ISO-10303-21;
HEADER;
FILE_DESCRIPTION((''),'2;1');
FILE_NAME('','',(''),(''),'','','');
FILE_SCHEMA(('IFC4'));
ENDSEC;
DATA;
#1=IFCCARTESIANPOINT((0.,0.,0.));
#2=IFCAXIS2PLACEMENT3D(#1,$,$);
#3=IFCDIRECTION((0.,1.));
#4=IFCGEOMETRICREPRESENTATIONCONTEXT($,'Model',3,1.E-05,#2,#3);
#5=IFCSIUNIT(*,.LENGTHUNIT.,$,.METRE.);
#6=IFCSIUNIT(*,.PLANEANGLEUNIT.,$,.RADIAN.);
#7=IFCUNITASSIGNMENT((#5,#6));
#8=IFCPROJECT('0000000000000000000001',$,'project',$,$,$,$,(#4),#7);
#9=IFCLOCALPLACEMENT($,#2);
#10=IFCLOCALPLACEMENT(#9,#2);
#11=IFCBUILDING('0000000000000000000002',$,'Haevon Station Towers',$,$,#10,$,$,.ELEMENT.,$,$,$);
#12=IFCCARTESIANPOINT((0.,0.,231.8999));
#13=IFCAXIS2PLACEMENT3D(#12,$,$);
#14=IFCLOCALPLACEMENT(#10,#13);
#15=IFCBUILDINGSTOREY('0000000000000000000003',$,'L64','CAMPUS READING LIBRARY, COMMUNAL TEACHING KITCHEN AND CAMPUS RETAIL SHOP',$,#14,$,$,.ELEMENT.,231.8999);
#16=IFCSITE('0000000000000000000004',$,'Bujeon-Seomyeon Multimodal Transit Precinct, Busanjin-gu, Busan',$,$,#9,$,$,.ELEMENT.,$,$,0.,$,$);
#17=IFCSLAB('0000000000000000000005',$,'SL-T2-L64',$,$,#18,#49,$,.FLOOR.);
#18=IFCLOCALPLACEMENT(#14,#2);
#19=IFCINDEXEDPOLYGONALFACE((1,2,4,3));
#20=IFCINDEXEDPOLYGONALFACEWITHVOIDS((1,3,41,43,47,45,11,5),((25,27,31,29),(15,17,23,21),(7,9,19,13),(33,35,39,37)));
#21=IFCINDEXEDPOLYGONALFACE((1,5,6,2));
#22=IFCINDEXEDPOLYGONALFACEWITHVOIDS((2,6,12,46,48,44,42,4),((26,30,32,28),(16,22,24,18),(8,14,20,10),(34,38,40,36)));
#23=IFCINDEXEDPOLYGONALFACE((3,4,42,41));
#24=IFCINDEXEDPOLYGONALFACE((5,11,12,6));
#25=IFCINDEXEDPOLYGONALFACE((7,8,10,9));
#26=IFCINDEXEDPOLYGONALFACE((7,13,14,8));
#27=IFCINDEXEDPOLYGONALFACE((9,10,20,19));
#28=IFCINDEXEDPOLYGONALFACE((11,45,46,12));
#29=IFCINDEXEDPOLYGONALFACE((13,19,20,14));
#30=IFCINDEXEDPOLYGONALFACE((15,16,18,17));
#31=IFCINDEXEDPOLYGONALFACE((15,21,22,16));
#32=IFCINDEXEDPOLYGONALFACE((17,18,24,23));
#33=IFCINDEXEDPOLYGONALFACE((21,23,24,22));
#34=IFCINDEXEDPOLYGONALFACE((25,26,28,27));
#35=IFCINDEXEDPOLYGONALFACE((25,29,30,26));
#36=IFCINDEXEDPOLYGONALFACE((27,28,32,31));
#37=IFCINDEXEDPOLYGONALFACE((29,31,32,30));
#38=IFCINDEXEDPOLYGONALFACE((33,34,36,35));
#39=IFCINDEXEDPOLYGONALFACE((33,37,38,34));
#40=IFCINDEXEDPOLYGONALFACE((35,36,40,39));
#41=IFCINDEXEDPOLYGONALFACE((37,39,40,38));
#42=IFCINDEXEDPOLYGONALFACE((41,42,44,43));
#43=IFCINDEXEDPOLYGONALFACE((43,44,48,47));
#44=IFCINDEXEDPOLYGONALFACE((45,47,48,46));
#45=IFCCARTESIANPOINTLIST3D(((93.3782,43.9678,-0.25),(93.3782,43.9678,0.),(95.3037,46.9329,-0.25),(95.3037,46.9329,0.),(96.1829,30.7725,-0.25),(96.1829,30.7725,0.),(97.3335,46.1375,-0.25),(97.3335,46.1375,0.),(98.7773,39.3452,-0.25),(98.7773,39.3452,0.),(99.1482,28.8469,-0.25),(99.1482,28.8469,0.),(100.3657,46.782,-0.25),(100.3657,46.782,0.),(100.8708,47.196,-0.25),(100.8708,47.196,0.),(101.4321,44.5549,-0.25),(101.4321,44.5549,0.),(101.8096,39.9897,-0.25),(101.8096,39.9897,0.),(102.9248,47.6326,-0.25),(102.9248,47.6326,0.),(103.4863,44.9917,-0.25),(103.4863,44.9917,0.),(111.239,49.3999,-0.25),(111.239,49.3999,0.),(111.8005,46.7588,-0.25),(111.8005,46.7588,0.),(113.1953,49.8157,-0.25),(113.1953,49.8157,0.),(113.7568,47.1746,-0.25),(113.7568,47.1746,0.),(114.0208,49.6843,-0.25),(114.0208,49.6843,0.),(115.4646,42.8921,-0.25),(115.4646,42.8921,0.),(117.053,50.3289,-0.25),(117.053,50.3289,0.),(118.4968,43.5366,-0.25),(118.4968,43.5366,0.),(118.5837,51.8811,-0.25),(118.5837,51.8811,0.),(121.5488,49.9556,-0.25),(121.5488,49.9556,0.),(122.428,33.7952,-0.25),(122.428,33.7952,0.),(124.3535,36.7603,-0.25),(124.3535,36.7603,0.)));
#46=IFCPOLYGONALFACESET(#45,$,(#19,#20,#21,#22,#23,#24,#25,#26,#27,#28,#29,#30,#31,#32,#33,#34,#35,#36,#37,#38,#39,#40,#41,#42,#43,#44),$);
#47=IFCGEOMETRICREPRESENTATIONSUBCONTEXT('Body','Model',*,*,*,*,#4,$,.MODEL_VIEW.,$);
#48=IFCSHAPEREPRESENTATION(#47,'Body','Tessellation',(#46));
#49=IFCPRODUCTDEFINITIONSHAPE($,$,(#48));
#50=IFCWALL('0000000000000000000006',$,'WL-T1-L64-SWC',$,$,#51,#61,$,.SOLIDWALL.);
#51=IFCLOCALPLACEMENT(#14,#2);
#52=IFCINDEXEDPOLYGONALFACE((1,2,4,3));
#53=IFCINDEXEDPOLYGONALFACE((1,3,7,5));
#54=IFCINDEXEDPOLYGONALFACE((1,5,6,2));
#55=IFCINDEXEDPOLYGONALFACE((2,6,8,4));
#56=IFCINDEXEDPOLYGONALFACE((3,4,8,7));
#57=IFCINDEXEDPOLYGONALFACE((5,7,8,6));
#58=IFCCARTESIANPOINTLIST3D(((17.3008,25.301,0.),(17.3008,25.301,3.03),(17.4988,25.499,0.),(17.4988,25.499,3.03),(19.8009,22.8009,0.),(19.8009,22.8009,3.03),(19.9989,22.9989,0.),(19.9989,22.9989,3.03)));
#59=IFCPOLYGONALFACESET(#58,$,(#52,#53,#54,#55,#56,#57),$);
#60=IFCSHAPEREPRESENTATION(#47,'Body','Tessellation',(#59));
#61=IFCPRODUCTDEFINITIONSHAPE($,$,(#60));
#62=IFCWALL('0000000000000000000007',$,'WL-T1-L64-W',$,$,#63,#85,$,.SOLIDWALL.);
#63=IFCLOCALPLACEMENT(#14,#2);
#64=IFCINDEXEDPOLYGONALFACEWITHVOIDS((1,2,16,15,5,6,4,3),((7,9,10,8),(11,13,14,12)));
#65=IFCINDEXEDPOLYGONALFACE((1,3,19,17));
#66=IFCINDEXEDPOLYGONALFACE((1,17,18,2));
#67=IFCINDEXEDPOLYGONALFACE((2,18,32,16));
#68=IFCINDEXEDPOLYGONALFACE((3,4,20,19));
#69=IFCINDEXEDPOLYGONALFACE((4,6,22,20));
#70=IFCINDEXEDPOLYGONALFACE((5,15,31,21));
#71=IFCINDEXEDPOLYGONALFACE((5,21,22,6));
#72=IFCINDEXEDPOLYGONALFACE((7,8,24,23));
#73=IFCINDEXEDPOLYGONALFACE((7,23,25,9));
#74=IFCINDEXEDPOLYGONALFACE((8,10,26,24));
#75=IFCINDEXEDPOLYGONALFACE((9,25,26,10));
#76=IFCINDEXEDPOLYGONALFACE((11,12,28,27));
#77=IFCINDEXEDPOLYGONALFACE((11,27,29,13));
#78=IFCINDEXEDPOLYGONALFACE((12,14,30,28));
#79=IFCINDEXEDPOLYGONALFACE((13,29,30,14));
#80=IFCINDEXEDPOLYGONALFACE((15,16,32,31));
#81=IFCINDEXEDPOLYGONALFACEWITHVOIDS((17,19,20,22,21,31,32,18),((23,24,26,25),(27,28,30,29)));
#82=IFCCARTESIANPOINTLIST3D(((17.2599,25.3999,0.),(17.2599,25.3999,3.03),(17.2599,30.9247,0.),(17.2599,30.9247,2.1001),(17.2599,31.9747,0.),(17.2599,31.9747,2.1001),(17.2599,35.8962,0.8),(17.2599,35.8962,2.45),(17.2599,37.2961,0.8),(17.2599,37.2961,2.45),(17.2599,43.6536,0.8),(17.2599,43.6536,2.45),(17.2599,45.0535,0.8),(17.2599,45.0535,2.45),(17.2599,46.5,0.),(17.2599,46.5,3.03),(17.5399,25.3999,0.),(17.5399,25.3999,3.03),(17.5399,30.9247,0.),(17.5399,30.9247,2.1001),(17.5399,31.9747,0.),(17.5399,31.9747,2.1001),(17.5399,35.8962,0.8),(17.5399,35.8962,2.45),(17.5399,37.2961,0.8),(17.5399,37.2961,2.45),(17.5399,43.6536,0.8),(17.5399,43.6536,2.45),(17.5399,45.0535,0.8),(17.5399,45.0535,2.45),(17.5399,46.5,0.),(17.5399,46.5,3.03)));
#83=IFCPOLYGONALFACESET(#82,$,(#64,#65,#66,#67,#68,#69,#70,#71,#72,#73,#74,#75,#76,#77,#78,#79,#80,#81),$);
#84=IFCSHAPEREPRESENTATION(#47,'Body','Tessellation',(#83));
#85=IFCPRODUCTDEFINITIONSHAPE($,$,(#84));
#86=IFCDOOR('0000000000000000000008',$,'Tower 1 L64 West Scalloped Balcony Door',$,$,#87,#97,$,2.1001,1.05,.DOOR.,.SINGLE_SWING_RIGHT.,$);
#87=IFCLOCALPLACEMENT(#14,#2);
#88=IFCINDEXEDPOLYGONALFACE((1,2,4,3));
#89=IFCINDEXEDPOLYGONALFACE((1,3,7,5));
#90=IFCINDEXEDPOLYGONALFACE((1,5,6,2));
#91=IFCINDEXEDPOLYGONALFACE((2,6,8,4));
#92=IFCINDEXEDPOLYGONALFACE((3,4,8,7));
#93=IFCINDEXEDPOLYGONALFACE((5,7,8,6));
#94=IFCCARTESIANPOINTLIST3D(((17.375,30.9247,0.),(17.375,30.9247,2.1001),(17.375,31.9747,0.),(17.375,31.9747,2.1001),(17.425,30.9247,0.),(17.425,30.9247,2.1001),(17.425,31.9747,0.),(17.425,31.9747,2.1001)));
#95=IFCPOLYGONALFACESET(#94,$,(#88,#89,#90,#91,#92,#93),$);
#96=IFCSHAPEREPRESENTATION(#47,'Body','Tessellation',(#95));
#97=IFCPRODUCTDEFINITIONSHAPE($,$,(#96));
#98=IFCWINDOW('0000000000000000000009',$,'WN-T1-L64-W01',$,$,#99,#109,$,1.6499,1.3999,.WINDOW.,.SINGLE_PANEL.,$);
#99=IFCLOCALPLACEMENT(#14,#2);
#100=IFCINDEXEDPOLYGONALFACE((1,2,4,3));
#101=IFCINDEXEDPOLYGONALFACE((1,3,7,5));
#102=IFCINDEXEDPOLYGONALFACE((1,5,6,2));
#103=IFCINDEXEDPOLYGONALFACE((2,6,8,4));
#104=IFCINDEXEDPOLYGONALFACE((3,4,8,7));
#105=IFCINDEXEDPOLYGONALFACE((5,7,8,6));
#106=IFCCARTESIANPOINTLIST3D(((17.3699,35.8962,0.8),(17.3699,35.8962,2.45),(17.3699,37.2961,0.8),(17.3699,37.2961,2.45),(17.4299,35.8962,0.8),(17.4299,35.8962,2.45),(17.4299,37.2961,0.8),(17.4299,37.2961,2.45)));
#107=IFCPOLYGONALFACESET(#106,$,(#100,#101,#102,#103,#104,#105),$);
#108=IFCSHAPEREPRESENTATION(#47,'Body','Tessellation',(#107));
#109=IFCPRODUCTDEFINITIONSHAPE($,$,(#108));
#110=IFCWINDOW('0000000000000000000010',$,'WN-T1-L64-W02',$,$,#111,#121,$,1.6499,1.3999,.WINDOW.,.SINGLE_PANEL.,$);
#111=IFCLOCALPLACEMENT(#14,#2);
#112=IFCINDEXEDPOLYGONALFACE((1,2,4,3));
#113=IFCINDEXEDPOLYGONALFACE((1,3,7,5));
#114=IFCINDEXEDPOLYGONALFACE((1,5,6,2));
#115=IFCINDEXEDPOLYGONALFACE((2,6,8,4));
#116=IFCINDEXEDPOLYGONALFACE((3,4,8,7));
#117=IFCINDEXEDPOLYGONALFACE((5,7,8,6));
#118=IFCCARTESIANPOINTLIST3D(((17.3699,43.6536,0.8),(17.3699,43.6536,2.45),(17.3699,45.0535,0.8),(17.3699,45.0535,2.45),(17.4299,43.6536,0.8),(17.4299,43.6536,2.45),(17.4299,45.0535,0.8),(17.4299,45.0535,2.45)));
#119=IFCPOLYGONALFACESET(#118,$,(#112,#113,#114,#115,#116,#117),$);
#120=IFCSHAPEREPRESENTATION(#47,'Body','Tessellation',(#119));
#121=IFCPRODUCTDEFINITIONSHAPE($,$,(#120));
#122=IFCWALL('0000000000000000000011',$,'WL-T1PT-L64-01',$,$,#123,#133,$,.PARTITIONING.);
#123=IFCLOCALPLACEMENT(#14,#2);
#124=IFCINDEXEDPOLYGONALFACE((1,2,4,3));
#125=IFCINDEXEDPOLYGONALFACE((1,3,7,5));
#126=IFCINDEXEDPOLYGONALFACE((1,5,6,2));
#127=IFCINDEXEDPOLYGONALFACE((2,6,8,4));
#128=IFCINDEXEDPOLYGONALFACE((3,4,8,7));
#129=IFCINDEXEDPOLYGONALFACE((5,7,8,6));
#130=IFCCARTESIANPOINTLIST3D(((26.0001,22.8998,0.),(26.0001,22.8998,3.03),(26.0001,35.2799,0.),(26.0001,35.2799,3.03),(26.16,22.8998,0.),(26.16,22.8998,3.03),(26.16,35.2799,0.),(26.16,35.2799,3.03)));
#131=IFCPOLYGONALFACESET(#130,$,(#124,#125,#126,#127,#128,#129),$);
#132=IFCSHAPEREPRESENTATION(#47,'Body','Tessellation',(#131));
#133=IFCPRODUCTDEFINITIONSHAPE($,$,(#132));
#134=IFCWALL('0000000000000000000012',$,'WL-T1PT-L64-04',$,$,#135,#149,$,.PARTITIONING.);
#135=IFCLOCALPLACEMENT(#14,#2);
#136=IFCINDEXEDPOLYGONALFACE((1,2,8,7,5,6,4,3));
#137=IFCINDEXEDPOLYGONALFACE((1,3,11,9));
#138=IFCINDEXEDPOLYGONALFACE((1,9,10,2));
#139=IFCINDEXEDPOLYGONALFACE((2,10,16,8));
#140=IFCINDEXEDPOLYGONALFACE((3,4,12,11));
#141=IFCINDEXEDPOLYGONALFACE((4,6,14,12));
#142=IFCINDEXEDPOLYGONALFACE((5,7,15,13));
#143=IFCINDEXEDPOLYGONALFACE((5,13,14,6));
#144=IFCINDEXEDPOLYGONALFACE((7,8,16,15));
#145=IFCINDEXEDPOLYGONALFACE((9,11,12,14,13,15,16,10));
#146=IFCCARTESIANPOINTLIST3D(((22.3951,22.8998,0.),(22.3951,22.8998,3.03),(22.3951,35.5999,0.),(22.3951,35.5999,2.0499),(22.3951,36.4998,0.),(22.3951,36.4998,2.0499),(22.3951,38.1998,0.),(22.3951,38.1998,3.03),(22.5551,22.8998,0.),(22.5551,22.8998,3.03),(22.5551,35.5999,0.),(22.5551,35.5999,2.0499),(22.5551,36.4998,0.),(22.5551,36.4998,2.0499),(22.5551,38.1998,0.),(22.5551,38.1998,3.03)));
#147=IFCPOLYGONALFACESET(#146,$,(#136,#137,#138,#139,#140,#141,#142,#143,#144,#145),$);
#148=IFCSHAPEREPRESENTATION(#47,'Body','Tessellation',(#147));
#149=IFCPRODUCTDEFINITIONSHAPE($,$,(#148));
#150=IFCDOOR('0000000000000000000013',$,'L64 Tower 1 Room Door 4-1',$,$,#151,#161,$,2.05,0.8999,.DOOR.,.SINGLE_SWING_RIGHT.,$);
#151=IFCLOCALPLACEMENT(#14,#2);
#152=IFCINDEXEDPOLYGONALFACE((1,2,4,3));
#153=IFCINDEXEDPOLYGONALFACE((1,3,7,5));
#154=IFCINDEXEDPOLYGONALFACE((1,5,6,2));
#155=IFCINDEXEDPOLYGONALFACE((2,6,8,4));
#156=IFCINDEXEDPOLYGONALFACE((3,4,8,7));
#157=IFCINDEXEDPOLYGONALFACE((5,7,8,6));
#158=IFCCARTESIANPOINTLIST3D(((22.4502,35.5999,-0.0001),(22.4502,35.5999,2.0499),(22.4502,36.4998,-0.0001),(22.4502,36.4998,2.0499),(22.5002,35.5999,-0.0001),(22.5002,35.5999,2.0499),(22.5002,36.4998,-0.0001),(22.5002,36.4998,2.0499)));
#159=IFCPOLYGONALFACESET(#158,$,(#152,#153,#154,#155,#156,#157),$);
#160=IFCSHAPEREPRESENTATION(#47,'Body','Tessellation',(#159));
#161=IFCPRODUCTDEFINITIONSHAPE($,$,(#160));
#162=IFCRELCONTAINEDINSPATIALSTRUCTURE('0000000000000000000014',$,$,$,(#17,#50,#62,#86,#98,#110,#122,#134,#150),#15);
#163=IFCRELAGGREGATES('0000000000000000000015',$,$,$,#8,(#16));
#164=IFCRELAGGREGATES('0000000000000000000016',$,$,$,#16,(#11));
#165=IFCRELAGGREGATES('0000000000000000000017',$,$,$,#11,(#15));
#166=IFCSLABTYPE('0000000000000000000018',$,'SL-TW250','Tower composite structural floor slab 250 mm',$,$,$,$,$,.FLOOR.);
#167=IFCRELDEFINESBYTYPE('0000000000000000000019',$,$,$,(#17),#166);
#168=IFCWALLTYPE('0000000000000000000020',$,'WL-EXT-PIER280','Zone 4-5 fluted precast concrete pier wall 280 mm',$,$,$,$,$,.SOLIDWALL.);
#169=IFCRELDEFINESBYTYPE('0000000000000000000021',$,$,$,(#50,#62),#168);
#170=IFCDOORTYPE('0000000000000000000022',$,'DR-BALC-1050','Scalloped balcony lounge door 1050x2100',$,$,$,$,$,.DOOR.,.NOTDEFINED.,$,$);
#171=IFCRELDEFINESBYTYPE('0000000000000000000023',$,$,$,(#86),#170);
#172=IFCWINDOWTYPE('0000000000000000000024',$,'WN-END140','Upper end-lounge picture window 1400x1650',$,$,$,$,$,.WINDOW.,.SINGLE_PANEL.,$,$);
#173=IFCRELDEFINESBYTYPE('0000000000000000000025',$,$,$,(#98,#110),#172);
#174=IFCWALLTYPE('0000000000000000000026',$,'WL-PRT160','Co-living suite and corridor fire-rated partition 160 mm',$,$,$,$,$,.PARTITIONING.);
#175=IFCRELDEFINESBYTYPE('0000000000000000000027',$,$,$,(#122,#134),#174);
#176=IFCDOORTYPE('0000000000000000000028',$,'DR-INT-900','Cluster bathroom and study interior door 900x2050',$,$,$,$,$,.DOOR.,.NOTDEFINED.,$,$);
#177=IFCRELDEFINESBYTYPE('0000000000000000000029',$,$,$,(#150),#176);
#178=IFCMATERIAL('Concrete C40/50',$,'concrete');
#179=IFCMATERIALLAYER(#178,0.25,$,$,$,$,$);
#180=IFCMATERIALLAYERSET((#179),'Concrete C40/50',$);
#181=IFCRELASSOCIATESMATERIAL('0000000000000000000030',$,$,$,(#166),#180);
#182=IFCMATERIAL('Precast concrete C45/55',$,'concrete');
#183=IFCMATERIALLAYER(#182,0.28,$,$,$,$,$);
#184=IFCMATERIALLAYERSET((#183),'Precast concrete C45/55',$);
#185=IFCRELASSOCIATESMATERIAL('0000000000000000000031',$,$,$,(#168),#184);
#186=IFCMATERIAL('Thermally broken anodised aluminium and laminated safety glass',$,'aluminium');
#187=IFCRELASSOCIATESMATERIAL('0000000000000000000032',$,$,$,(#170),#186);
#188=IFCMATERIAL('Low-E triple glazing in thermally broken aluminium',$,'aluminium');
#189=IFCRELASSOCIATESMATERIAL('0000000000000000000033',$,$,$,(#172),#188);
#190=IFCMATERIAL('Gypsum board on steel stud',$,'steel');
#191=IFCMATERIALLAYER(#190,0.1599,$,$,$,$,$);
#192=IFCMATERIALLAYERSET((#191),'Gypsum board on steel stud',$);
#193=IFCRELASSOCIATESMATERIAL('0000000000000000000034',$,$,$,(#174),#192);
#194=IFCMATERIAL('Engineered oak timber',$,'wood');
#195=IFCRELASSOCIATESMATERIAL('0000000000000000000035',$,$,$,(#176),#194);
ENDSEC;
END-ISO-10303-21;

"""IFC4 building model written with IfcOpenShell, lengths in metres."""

from ifc_helpers import new_model, si_unit, direction, frame, frame_2d, origin, place, context, subcontext, project, spatial, polyline, rectangle, outline, extrude, material, layer, layer_set, type_object, element, fill, save


model = new_model("IFC4")

# Units and contexts
model_context = context("Model", 3, precision=1e-05, world=origin(), true_north=direction((0.0, 1.0)))
body_context = subcontext(model_context, "Body", "Model", "MODEL_VIEW")
ifc_project = project(units=[si_unit("LENGTHUNIT", "METRE"), si_unit("PLANEANGLEUNIT", "RADIAN")], contexts=[model_context])

# Site, building, storey
site_placement = place(None, origin())
site = spatial("IfcSite", under=ifc_project, at=site_placement, Name="Bujeon-Seomyeon Multimodal Transit Precinct, Busanjin-gu, Busan", CompositionType="ELEMENT", RefElevation=0.0)
building_placement = place(site_placement, origin())
building = spatial("IfcBuilding", under=site, at=building_placement, Name="Haevon Station Towers", CompositionType="ELEMENT")
storey_placement = place(building_placement, frame((0.0, 0.0, 231.8999)))
storey = spatial("IfcBuildingStorey", under=building, at=storey_placement, Name="L64", Description="CAMPUS READING LIBRARY, COMMUNAL TEACHING KITCHEN AND CAMPUS RETAIL SHOP", CompositionType="ELEMENT", Elevation=231.8999)

# Shared definitions
ifc_material_1 = material(Name="Concrete C40/50", Category="concrete")

# Slab
ifc_layer_1 = layer(ifc_material_1, 0.25)
ifc_layer_set_1 = layer_set([ifc_layer_1], Name="Concrete C40/50")
slab_type_1 = type_object("IfcSlabType", Name="SL-TW250", Description="Tower composite structural floor slab 250 mm", PredefinedType="FLOOR", material=ifc_layer_set_1)
slab_1_placement = place(storey_placement, frame((0.0, 0.0, -0.25)))
element("IfcSlab", 1, at=slab_1_placement, inside=storey, type_object=slab_type_1, Name="SL-T2-L64", PredefinedType="FLOOR", context=body_context, shape_type="SweptSolid", body=[
    extrude(outline(polyline([(99.1482, 28.8469), (122.428, 33.7952), (124.3535, 36.7603), (121.5488, 49.9556), (118.5837, 51.8811), (95.3037, 46.9329), (93.3782, 43.9678), (96.1829, 30.7725), (99.1482, 28.8469)]), holes=[polyline([(101.8096, 39.9897), (100.3657, 46.782), (97.3335, 46.1375), (98.7773, 39.3452), (101.8096, 39.9897)]), polyline([(118.4968, 43.5366), (117.053, 50.3289), (114.0208, 49.6843), (115.4646, 42.8921), (118.4968, 43.5366)]), polyline([(101.4321, 44.5549), (103.4863, 44.9917), (102.9248, 47.6326), (100.8708, 47.196), (101.4321, 44.5549)]), polyline([(111.8005, 46.7588), (113.7568, 47.1746), (113.1953, 49.8157), (111.239, 49.3999), (111.8005, 46.7588)])]), origin(), (0.0, 0.0, 1.0), 0.25),
])

# Wall
ifc_material_2 = material(Name="Precast concrete C45/55", Category="concrete")
ifc_layer_2 = layer(ifc_material_2, 0.28)
ifc_layer_set_2 = layer_set([ifc_layer_2], Name="Precast concrete C45/55")
wall_type_1 = type_object("IfcWallType", Name="WL-EXT-PIER280", Description="Zone 4-5 fluted precast concrete pier wall 280 mm", PredefinedType="SOLIDWALL", material=ifc_layer_set_2)
wall_1_placement = place(storey_placement, frame((19.8999, 22.8999, 0.0), z_axis=(0.0, 0.0, 1.0), x_axis=(-0.707107, 0.707107, 0.0)))
element("IfcWall", 2, at=wall_1_placement, inside=storey, type_object=wall_type_1, Name="WL-T1-L64-SWC", PredefinedType="SOLIDWALL", context=body_context, shape_type="SweptSolid", body=[
    extrude(rectangle(XDim=3.5356, YDim=0.28, at=frame_2d((1.7678, 0.0))), origin(), (0.0, 0.0, 1.0), 3.03),
])

# Wall, openings, door, windows
wall_2_placement = place(storey_placement, frame((17.3999, 25.3999, 0.0), z_axis=(0.0, 0.0, 1.0), x_axis=(0.0, 1.0, 0.0)))
wall_2 = element("IfcWall", 3, at=wall_2_placement, inside=storey, type_object=wall_type_1, Name="WL-T1-L64-W", PredefinedType="SOLIDWALL", context=body_context, shape_type="SweptSolid", body=[
    extrude(rectangle(XDim=21.1001, YDim=0.28, at=frame_2d((10.55, 0.0))), origin(), (0.0, 0.0, 1.0), 3.03),
])
opening_1_placement = place(wall_2_placement, frame((5.5249, 0.0, 0.0)))
opening_1 = element("IfcOpeningElement", 4, at=opening_1_placement, cuts=wall_2, PredefinedType="OPENING", context=body_context, shape_type="SweptSolid", body=[
    extrude(rectangle(XDim=1.05, YDim=2.1001, at=frame_2d((0.5249, 1.05))), frame((0.0, 0.1499, 0.0), z_axis=(0.0, -1.0, 0.0), x_axis=(1.0, 0.0, 0.0)), (0.0, 0.0, 1.0), 0.3),
])
opening_2_placement = place(wall_2_placement, frame((10.4963, 0.0, 0.8)))
opening_2 = element("IfcOpeningElement", 5, at=opening_2_placement, cuts=wall_2, PredefinedType="OPENING", context=body_context, shape_type="SweptSolid", body=[
    extrude(rectangle(XDim=1.3999, YDim=1.6499, at=frame_2d((0.7, 0.825))), frame((0.0, 0.1499, 0.0), z_axis=(0.0, -1.0, 0.0), x_axis=(1.0, 0.0, 0.0)), (0.0, 0.0, 1.0), 0.3),
])
opening_3_placement = place(wall_2_placement, frame((18.2537, 0.0, 0.8)))
opening_3 = element("IfcOpeningElement", 6, at=opening_3_placement, cuts=wall_2, PredefinedType="OPENING", context=body_context, shape_type="SweptSolid", body=[
    extrude(rectangle(XDim=1.3999, YDim=1.6499, at=frame_2d((0.7, 0.825))), frame((0.0, 0.1499, 0.0), z_axis=(0.0, -1.0, 0.0), x_axis=(1.0, 0.0, 0.0)), (0.0, 0.0, 1.0), 0.3),
])
ifc_material_3 = material(Name="Thermally broken anodised aluminium and laminated safety glass", Category="aluminium")
door_type_1 = type_object("IfcDoorType", Name="DR-BALC-1050", Description="Scalloped balcony lounge door 1050x2100", OperationType="NOTDEFINED", PredefinedType="DOOR", material=ifc_material_3)
door_1_placement = place(opening_1_placement, origin())
door_1 = element("IfcDoor", 7, at=door_1_placement, inside=storey, type_object=door_type_1, Name="Tower 1 L64 West Scalloped Balcony Door", OperationType="SINGLE_SWING_RIGHT", OverallHeight=2.1001, OverallWidth=1.05, PredefinedType="DOOR", context=body_context, shape_type="SweptSolid", body=[
    extrude(rectangle(XDim=1.05, YDim=2.1001, at=frame_2d((0.5249, 1.05))), frame((0.0, 0.0249, 0.0), z_axis=(0.0, -1.0, 0.0), x_axis=(1.0, 0.0, 0.0)), (0.0, 0.0, 1.0), 0.05),
])
fill(opening_1, door_1)
ifc_material_4 = material(Name="Low-E triple glazing in thermally broken aluminium", Category="aluminium")
window_type = type_object("IfcWindowType", Name="WN-END140", Description="Upper end-lounge picture window 1400x1650", PartitioningType="SINGLE_PANEL", PredefinedType="WINDOW", material=ifc_material_4)
window_1_placement = place(opening_2_placement, origin())
window_1 = element("IfcWindow", 8, at=window_1_placement, inside=storey, type_object=window_type, Name="WN-T1-L64-W01", OverallHeight=1.6499, OverallWidth=1.3999, PartitioningType="SINGLE_PANEL", PredefinedType="WINDOW", context=body_context, shape_type="SweptSolid", body=[
    extrude(rectangle(XDim=1.3999, YDim=1.6499, at=frame_2d((0.7, 0.825))), frame((0.0, 0.03, 0.0), z_axis=(0.0, -1.0, 0.0), x_axis=(1.0, 0.0, 0.0)), (0.0, 0.0, 1.0), 0.0601),
])
fill(opening_2, window_1)
window_2_placement = place(opening_3_placement, origin())
window_2 = element("IfcWindow", 9, at=window_2_placement, inside=storey, type_object=window_type, Name="WN-T1-L64-W02", OverallHeight=1.6499, OverallWidth=1.3999, PartitioningType="SINGLE_PANEL", PredefinedType="WINDOW", context=body_context, shape_type="SweptSolid", body=[
    extrude(rectangle(XDim=1.3999, YDim=1.6499, at=frame_2d((0.7, 0.825))), frame((0.0, 0.03, 0.0), z_axis=(0.0, -1.0, 0.0), x_axis=(1.0, 0.0, 0.0)), (0.0, 0.0, 1.0), 0.0601),
])
fill(opening_3, window_2)

# Wall
ifc_material_5 = material(Name="Gypsum board on steel stud", Category="steel")
ifc_layer_3 = layer(ifc_material_5, 0.1599)
ifc_layer_set_3 = layer_set([ifc_layer_3], Name="Gypsum board on steel stud")
wall_type_2 = type_object("IfcWallType", Name="WL-PRT160", Description="Co-living suite and corridor fire-rated partition 160 mm", PredefinedType="PARTITIONING", material=ifc_layer_set_3)
wall_3_placement = place(storey_placement, frame((26.0801, 22.8999, 0.0), z_axis=(0.0, 0.0, 1.0), x_axis=(0.0, 1.0, 0.0)))
element("IfcWall", 10, at=wall_3_placement, inside=storey, type_object=wall_type_2, Name="WL-T1PT-L64-01", PredefinedType="PARTITIONING", context=body_context, shape_type="SweptSolid", body=[
    extrude(rectangle(XDim=12.3801, YDim=0.1599, at=frame_2d((6.1899, 0.0))), origin(), (0.0, 0.0, 1.0), 3.03),
])

# Wall, opening, door
wall_4_placement = place(storey_placement, frame((22.4751, 22.8999, 0.0), z_axis=(0.0, 0.0, 1.0), x_axis=(0.0, 1.0, 0.0)))
wall_4 = element("IfcWall", 11, at=wall_4_placement, inside=storey, type_object=wall_type_2, Name="WL-T1PT-L64-04", PredefinedType="PARTITIONING", context=body_context, shape_type="SweptSolid", body=[
    extrude(rectangle(XDim=15.3, YDim=0.1599, at=frame_2d((7.6499, 0.0))), origin(), (0.0, 0.0, 1.0), 3.03),
])
opening_4_placement = place(wall_4_placement, frame((12.7, 0.0, 0.0)))
opening_4 = element("IfcOpeningElement", 12, at=opening_4_placement, cuts=wall_4, PredefinedType="OPENING", context=body_context, shape_type="SweptSolid", body=[
    extrude(rectangle(XDim=0.8999, YDim=2.05, at=frame_2d((0.45, 1.0249))), frame((0.0, 0.0898, 0.0), z_axis=(0.0, -1.0, 0.0), x_axis=(1.0, 0.0, 0.0)), (0.0, 0.0, 1.0), 0.1799),
])
ifc_material_6 = material(Name="Engineered oak timber", Category="wood")
door_type_2 = type_object("IfcDoorType", Name="DR-INT-900", Description="Cluster bathroom and study interior door 900x2050", OperationType="NOTDEFINED", PredefinedType="DOOR", material=ifc_material_6)
door_2_placement = place(opening_4_placement, origin())
door_2 = element("IfcDoor", 13, at=door_2_placement, inside=storey, type_object=door_type_2, Name="L64 Tower 1 Room Door 4-1", OperationType="SINGLE_SWING_RIGHT", OverallHeight=2.05, OverallWidth=0.8999, PredefinedType="DOOR", context=body_context, shape_type="SweptSolid", body=[
    extrude(rectangle(XDim=0.8999, YDim=2.05, at=frame_2d((0.45, 1.0249))), frame((0.0, 0.0249, 0.0), z_axis=(0.0, -1.0, 0.0), x_axis=(1.0, 0.0, 0.0)), (0.0, 0.0, 1.0), 0.05),
])
fill(opening_4, door_2)

save(model, "model.ifc")
